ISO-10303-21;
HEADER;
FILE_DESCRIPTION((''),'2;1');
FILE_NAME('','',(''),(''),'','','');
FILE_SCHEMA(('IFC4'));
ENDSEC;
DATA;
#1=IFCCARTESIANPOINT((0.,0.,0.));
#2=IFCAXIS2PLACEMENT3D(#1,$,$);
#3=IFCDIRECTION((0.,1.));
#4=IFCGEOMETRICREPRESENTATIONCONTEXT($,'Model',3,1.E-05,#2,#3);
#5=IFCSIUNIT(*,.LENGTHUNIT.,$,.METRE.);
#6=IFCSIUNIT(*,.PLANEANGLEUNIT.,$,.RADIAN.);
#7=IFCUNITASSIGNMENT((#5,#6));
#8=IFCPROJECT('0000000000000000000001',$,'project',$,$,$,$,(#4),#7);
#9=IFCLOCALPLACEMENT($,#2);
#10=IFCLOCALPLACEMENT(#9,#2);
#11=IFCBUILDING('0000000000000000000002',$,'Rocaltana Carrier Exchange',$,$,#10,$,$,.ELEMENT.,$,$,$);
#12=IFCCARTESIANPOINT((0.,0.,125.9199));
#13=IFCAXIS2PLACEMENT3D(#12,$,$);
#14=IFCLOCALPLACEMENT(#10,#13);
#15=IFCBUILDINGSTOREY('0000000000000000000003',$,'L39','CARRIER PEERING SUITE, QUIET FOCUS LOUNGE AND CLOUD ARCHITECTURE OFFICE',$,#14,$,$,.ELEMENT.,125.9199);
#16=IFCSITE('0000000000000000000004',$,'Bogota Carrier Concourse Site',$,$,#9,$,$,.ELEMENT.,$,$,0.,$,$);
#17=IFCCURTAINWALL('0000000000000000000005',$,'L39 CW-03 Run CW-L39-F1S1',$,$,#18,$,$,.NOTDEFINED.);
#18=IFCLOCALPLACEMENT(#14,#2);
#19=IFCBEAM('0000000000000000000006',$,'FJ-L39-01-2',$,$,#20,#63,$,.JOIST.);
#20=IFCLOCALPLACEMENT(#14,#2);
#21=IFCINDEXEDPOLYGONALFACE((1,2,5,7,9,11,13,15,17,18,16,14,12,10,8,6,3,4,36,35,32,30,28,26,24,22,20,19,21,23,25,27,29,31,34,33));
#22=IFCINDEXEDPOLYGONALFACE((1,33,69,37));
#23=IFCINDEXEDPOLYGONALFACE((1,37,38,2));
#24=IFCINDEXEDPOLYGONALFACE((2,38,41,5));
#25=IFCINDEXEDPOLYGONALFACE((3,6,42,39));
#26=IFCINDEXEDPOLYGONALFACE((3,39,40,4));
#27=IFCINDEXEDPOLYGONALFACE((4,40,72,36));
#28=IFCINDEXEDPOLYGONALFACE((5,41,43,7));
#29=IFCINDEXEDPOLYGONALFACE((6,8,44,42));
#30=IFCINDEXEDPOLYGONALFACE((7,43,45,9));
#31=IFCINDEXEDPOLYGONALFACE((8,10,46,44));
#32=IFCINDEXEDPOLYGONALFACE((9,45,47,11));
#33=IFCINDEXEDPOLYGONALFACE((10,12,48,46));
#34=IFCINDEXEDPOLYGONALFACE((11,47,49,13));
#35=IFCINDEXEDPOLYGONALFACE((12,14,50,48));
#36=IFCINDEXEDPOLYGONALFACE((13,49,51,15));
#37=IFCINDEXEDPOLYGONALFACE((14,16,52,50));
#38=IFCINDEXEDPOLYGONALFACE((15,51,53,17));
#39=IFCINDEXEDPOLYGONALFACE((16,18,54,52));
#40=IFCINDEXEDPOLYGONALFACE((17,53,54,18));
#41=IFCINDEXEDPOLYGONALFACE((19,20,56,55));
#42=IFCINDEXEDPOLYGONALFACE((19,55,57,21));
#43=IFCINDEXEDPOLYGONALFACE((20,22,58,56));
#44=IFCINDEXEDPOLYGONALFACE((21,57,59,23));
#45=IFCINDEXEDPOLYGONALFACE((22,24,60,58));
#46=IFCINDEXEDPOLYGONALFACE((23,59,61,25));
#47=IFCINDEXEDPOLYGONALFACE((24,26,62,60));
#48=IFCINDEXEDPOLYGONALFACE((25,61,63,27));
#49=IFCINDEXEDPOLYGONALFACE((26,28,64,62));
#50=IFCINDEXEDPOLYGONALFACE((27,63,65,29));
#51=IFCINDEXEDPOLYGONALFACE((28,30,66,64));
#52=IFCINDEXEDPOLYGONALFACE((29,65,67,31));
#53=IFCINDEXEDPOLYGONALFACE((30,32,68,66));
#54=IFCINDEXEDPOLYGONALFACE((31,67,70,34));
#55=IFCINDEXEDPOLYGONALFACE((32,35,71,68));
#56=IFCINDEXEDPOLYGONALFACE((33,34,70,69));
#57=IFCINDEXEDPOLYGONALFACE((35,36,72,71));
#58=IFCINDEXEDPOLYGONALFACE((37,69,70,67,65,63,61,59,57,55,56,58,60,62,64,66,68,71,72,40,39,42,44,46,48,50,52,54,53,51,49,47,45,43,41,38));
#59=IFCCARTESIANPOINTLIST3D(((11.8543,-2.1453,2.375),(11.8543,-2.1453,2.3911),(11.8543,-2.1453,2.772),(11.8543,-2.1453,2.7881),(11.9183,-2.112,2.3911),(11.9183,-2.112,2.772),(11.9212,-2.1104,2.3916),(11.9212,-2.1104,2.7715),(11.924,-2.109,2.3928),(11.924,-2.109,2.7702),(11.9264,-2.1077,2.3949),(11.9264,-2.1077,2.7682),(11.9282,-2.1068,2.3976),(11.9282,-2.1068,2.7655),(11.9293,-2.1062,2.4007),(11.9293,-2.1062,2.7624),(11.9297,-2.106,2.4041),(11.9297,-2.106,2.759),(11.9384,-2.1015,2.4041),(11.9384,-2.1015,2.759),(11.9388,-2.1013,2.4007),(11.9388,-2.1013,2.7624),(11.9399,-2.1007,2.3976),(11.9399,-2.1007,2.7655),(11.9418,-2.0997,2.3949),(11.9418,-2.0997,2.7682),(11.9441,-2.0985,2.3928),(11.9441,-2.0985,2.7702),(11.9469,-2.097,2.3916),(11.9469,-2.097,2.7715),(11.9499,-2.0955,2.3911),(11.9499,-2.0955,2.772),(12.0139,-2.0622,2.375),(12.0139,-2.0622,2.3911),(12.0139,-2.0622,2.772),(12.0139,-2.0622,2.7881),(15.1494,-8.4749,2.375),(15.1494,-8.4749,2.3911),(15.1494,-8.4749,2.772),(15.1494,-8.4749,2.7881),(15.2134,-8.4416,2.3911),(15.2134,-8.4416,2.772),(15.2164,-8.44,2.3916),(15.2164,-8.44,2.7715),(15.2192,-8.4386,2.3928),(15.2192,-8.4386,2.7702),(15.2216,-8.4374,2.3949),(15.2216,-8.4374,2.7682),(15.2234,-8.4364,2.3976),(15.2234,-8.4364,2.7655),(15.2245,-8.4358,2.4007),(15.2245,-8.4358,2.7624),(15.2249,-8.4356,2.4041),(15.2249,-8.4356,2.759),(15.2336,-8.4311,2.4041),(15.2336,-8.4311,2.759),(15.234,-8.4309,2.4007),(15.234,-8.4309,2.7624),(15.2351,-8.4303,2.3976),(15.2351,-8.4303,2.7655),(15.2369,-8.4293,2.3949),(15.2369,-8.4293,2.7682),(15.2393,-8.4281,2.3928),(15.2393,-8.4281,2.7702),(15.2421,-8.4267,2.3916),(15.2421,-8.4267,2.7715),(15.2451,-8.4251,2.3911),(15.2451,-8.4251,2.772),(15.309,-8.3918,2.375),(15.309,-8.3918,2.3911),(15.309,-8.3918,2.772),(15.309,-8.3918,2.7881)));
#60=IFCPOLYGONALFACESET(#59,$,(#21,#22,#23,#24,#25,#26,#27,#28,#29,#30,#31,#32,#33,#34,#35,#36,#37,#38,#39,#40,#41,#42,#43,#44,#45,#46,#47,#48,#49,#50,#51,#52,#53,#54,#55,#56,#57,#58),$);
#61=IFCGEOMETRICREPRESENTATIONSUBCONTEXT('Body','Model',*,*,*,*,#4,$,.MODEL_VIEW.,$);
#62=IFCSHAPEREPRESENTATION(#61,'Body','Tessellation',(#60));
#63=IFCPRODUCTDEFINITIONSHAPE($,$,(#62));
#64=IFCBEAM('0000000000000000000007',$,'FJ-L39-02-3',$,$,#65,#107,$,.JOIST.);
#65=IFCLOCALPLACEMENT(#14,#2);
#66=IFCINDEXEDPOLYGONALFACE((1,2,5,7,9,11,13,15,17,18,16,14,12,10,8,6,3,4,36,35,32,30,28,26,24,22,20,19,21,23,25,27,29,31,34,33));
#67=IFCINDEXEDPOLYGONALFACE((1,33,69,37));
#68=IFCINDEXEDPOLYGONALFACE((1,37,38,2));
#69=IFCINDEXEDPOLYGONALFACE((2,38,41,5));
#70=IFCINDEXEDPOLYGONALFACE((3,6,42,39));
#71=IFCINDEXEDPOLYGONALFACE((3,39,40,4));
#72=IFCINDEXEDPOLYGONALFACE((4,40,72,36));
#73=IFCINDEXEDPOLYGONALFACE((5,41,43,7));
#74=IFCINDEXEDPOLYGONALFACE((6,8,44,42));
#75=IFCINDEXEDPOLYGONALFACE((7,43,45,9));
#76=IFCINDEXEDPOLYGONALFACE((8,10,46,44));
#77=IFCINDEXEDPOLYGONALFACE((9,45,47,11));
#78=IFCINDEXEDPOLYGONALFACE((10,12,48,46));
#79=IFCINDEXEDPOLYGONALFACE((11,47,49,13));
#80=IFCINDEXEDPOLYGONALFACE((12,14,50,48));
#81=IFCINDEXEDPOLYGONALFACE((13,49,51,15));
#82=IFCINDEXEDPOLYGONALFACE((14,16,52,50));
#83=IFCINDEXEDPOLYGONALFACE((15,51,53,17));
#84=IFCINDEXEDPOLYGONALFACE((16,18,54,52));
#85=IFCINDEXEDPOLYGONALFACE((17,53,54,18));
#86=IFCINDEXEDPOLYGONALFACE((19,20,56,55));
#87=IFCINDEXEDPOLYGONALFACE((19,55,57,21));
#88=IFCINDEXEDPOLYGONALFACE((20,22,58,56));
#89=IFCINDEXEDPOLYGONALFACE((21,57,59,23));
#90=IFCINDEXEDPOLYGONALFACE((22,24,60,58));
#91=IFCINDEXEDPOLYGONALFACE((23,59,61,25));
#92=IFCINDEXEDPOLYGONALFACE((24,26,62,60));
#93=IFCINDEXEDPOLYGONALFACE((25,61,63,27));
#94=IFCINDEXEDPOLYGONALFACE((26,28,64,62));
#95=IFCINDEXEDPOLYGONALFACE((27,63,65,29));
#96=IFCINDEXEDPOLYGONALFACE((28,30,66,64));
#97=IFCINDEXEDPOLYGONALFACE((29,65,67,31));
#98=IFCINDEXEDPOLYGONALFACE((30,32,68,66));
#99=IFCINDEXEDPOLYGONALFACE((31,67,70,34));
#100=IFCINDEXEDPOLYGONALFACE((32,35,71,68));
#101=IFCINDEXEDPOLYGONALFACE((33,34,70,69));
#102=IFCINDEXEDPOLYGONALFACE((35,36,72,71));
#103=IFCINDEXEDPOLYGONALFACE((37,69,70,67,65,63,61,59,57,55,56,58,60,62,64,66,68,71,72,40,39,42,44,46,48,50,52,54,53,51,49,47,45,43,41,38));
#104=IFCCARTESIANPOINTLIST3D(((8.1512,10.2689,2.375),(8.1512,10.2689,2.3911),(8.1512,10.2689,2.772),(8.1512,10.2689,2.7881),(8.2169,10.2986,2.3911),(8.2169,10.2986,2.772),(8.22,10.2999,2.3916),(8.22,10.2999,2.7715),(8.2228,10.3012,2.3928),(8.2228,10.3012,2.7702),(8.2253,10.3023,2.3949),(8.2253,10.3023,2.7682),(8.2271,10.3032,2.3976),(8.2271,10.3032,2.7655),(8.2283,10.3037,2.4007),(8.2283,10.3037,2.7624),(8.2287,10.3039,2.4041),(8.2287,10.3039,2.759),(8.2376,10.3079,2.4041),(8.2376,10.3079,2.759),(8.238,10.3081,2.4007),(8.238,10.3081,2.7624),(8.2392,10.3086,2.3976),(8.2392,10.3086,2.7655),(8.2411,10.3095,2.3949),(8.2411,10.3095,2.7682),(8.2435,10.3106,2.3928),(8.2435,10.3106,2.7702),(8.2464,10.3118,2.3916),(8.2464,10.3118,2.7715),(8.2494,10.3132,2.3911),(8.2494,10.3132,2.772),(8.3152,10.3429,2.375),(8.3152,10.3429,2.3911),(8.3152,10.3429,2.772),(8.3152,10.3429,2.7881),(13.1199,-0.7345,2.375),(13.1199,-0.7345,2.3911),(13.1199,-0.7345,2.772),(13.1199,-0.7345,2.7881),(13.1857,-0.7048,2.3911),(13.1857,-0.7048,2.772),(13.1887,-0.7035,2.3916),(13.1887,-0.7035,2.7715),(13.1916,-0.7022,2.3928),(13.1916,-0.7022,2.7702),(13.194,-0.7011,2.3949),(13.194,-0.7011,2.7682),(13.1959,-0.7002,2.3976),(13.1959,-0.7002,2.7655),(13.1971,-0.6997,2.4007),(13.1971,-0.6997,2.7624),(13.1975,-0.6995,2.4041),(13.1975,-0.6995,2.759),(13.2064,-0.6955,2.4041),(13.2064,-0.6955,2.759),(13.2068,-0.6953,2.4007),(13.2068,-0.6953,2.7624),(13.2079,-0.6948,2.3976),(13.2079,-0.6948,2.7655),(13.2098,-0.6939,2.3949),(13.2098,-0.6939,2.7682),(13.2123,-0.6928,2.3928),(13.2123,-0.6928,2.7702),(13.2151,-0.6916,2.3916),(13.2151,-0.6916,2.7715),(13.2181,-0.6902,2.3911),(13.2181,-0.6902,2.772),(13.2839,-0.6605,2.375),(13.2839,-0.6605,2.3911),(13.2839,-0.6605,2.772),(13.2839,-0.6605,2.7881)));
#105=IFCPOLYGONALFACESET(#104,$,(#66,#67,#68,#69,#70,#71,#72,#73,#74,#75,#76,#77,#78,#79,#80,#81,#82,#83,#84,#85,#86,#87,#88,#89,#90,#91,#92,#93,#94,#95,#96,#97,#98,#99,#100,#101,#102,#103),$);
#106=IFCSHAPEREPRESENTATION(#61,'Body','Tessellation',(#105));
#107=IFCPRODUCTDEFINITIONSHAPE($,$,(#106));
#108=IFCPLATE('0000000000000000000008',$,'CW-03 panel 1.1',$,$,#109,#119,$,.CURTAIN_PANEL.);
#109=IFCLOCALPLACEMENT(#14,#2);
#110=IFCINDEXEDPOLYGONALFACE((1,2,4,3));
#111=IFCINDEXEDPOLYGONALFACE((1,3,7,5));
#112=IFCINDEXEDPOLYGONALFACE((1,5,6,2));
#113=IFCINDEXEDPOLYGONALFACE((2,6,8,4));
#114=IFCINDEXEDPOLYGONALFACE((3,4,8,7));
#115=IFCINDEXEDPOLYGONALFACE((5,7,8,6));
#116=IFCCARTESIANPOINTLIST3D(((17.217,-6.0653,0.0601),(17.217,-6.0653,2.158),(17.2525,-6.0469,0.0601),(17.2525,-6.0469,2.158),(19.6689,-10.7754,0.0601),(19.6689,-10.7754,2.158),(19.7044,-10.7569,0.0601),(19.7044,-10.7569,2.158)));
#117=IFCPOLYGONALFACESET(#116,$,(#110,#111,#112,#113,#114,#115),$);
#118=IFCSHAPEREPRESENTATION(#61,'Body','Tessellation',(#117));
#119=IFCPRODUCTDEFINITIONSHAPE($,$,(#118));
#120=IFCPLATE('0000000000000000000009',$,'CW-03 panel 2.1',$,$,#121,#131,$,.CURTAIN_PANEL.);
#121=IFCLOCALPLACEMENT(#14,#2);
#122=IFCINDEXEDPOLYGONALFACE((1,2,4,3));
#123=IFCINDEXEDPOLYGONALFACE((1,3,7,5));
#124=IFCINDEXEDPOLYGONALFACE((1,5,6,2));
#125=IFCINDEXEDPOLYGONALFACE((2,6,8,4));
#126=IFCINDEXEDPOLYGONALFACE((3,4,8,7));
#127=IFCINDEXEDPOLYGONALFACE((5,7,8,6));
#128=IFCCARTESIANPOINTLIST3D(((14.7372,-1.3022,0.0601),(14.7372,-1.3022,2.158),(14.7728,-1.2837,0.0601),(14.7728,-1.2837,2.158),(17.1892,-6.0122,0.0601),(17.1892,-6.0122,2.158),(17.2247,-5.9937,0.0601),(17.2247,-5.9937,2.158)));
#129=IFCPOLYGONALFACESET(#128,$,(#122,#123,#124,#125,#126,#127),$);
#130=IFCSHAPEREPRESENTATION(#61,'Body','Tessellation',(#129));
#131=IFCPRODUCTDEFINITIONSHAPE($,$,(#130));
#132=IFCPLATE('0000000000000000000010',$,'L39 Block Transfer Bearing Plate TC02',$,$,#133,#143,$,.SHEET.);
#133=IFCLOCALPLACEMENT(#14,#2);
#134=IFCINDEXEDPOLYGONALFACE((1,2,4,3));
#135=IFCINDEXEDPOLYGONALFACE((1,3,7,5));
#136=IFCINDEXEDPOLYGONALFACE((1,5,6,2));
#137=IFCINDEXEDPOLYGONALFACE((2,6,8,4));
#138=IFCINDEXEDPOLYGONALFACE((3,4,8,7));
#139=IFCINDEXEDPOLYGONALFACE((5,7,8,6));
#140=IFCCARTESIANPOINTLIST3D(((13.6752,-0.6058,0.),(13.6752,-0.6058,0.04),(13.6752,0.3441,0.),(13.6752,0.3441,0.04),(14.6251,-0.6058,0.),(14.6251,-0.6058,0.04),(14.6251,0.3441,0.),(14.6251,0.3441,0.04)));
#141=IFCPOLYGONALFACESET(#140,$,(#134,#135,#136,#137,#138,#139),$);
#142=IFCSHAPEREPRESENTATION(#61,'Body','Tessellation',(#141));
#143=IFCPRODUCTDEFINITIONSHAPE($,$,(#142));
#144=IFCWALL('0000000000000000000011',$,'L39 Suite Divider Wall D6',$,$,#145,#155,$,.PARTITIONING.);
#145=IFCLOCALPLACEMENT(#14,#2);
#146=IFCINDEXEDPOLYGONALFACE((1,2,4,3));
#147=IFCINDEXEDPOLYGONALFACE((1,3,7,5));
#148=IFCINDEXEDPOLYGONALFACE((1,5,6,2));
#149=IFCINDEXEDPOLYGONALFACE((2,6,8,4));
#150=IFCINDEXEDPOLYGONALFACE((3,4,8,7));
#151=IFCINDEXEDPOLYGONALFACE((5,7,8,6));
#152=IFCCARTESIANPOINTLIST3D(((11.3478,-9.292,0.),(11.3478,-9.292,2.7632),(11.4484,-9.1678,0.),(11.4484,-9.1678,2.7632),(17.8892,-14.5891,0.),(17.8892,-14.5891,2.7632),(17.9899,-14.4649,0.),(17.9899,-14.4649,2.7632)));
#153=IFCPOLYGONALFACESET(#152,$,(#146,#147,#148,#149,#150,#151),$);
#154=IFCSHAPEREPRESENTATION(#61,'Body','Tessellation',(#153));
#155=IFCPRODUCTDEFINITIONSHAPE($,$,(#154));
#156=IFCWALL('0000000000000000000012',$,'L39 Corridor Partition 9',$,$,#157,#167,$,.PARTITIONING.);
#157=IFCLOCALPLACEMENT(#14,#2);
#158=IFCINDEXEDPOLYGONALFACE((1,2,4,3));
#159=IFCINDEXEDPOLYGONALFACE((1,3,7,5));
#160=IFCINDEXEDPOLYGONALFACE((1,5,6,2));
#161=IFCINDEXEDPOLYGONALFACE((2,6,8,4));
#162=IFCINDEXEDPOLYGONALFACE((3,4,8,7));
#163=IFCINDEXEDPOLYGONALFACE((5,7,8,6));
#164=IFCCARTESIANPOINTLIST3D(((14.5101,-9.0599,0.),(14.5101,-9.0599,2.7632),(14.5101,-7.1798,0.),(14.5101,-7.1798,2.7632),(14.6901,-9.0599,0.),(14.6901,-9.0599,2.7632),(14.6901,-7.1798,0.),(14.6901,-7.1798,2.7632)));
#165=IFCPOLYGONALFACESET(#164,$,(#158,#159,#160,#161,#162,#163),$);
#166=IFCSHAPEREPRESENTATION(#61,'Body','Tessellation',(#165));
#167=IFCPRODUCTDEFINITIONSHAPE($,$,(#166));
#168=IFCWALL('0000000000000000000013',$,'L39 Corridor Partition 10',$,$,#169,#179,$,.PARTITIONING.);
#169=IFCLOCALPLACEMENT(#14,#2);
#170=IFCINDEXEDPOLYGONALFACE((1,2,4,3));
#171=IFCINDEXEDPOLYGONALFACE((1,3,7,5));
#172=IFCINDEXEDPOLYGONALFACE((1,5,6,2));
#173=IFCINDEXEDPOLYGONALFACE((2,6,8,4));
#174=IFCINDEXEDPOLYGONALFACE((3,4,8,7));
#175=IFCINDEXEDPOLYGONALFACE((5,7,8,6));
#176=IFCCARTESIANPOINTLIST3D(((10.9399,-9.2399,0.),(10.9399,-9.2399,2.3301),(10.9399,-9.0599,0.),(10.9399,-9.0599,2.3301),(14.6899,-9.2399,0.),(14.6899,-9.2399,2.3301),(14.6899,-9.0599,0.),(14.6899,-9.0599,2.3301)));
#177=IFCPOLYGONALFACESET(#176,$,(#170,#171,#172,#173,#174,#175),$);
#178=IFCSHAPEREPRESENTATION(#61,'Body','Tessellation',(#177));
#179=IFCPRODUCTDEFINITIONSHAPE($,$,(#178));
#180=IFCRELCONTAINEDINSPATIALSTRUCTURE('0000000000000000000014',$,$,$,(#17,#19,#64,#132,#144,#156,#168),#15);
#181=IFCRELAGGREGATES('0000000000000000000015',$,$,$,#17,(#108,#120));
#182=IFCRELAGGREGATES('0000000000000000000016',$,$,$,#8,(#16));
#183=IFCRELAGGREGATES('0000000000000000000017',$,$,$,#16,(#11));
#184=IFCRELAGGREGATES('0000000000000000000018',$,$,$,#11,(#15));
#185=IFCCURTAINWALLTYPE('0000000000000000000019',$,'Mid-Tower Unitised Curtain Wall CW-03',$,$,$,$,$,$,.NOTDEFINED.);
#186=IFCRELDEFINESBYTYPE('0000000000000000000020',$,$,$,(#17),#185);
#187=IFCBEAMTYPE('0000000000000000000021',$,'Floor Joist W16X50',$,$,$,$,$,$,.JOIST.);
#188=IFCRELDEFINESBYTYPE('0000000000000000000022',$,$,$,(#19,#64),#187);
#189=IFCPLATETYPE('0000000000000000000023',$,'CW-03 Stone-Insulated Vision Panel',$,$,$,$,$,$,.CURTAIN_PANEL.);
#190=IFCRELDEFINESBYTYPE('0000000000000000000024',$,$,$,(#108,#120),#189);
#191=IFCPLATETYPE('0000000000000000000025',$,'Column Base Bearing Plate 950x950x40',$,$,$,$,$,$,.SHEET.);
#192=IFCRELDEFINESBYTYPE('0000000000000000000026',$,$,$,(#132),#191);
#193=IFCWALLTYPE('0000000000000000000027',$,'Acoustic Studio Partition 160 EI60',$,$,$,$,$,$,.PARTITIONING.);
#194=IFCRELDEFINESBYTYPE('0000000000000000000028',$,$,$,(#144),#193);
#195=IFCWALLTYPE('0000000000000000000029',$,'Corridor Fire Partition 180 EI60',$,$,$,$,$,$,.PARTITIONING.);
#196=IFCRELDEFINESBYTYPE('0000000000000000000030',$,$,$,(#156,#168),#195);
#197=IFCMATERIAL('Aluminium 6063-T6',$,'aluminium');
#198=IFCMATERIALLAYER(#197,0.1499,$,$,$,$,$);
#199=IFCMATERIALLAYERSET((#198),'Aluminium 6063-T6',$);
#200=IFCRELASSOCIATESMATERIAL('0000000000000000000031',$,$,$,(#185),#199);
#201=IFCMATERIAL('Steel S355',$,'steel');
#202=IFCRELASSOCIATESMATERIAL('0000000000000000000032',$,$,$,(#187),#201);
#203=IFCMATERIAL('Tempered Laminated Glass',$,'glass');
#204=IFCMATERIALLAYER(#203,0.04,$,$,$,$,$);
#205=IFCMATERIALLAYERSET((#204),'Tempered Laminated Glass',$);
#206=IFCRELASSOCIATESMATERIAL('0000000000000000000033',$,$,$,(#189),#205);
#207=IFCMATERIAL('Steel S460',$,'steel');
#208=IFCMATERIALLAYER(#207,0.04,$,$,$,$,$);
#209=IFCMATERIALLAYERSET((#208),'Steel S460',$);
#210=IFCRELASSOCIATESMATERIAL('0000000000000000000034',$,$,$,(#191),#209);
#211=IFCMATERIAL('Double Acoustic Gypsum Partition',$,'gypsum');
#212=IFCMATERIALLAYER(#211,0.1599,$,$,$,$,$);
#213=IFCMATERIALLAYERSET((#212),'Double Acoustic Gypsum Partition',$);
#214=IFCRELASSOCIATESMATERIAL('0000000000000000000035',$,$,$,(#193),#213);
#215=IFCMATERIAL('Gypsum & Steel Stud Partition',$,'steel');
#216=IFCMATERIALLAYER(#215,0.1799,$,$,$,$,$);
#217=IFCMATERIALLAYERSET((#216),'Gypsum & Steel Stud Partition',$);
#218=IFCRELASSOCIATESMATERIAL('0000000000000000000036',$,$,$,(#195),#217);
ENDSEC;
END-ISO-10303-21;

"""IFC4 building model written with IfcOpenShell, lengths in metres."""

from ifc_helpers import new_model, si_unit, direction, frame, frame_2d, origin, origin_2d, place, context, subcontext, project, spatial, rectangle, i_section, extrude, material, layer, layer_set, material_profile, profile_set, type_object, element, aggregate, save


model = new_model("IFC4")

# Units and contexts
model_context = context("Model", 3, precision=1e-05, world=origin(), true_north=direction((0.0, 1.0)))
body_context = subcontext(model_context, "Body", "Model", "MODEL_VIEW")
ifc_project = project(units=[si_unit("LENGTHUNIT", "METRE"), si_unit("PLANEANGLEUNIT", "RADIAN")], contexts=[model_context])

# Site, building, storey
site_placement = place(None, origin())
site = spatial("IfcSite", under=ifc_project, at=site_placement, Name="Bogota Carrier Concourse Site", CompositionType="ELEMENT", RefElevation=0.0)
building_placement = place(site_placement, origin())
building = spatial("IfcBuilding", under=site, at=building_placement, Name="Rocaltana Carrier Exchange", CompositionType="ELEMENT")
storey_placement = place(building_placement, frame((0.0, 0.0, 125.9199)))
storey = spatial("IfcBuildingStorey", under=building, at=storey_placement, Name="L39", Description="CARRIER PEERING SUITE, QUIET FOCUS LOUNGE AND CLOUD ARCHITECTURE OFFICE", CompositionType="ELEMENT", Elevation=125.9199)

# Curtain wall
ifc_material_1 = material(Name="Aluminium 6063-T6", Category="aluminium")
ifc_layer_1 = layer(ifc_material_1, 0.1499)
ifc_layer_set_1 = layer_set([ifc_layer_1], Name="Aluminium 6063-T6")
curtain_wall_type = type_object("IfcCurtainWallType", Name="Mid-Tower Unitised Curtain Wall CW-03", PredefinedType="NOTDEFINED", material=ifc_layer_set_1)
curtain_wall_placement = place(storey_placement, origin())
curtain_wall = element("IfcCurtainWall", 1, at=curtain_wall_placement, inside=storey, type_object=curtain_wall_type, Name="L39 CW-03 Run CW-L39-F1S1", PredefinedType="NOTDEFINED")

# Beams
ifc_material_2 = material(Name="Steel S355", Category="steel")
ifc_material_profile_1 = material_profile(ifc_material_2, i_section(OverallWidth=0.1799, OverallDepth=0.4131, WebThickness=0.0098, FlangeThickness=0.0161, FilletRadius=0.0129, at=origin_2d()), Name="W16X50")
ifc_profile_set_1 = profile_set([ifc_material_profile_1], Name="Steel S355")
beam_type = type_object("IfcBeamType", Name="Floor Joist W16X50", PredefinedType="JOIST", material=ifc_profile_set_1)
beam_1_placement = place(storey_placement, frame((15.2292, -8.4333, 2.5815), z_axis=(-0.46177, 0.887, 0.0), x_axis=(-0.887, -0.46177, 0.0)))
element("IfcBeam", 2, at=beam_1_placement, inside=storey, type_object=beam_type, Name="FJ-L39-01-2", PredefinedType="JOIST", context=body_context, shape_type="SweptSolid", body=[
    extrude(i_section(OverallWidth=0.1799, OverallDepth=0.4131, WebThickness=0.0098, FlangeThickness=0.0161, FilletRadius=0.0129, at=origin_2d()), origin(), (0.0, 0.0, 1.0), 7.136),
])
beam_2_placement = place(storey_placement, frame((13.2019, -0.6975, 2.5815), z_axis=(-0.41155, 0.911387, 0.0), x_axis=(-0.911387, -0.41155, 0.0)))
element("IfcBeam", 3, at=beam_2_placement, inside=storey, type_object=beam_type, Name="FJ-L39-02-3", PredefinedType="JOIST", context=body_context, shape_type="SweptSolid", body=[
    extrude(i_section(OverallWidth=0.1799, OverallDepth=0.4131, WebThickness=0.0098, FlangeThickness=0.0161, FilletRadius=0.0129, at=origin_2d()), origin(), (0.0, 0.0, 1.0), 12.0732),
])

# Plates
ifc_material_3 = material(Name="Tempered Laminated Glass", Category="glass")
ifc_layer_2 = layer(ifc_material_3, 0.04)
ifc_layer_set_2 = layer_set([ifc_layer_2], Name="Tempered Laminated Glass")
plate_type_1 = type_object("IfcPlateType", Name="CW-03 Stone-Insulated Vision Panel", PredefinedType="CURTAIN_PANEL", material=ifc_layer_set_2)
plate_1_placement = place(storey_placement, frame((18.4607, -8.4111, 0.0601), z_axis=(0.0, 0.0, 1.0), x_axis=(-0.46175, 0.88701, 0.0)))
plate_1 = element("IfcPlate", 4, at=plate_1_placement, type_object=plate_type_1, Name="CW-03 panel 1.1", PredefinedType="CURTAIN_PANEL", context=body_context, shape_type="SweptSolid", body=[
    extrude(rectangle(XDim=5.3101, YDim=0.04, at=origin_2d()), origin(), (0.0, 0.0, 1.0), 2.0979),
])
plate_2_placement = place(storey_placement, frame((15.981, -3.6479, 0.0601), z_axis=(0.0, 0.0, 1.0), x_axis=(-0.46175, 0.88701, 0.0)))
plate_2 = element("IfcPlate", 5, at=plate_2_placement, type_object=plate_type_1, Name="CW-03 panel 2.1", PredefinedType="CURTAIN_PANEL", context=body_context, shape_type="SweptSolid", body=[
    extrude(rectangle(XDim=5.3101, YDim=0.04, at=origin_2d()), origin(), (0.0, 0.0, 1.0), 2.0979),
])
aggregate(curtain_wall, [plate_1, plate_2])
ifc_material_4 = material(Name="Steel S460", Category="steel")
ifc_layer_3 = layer(ifc_material_4, 0.04)
ifc_layer_set_3 = layer_set([ifc_layer_3], Name="Steel S460")
plate_type_2 = type_object("IfcPlateType", Name="Column Base Bearing Plate 950x950x40", PredefinedType="SHEET", material=ifc_layer_set_3)
plate_3_placement = place(storey_placement, frame((14.1501, -0.1309, 0.0), z_axis=(0.0, 0.0, 1.0), x_axis=(1.0, 0.0, 0.0)))
element("IfcPlate", 6, at=plate_3_placement, inside=storey, type_object=plate_type_2, Name="L39 Block Transfer Bearing Plate TC02", PredefinedType="SHEET", context=body_context, shape_type="SweptSolid", body=[
    extrude(rectangle(XDim=0.95, YDim=0.95, at=origin_2d()), origin(), (0.0, 0.0, 1.0), 0.04),
])

# Walls
ifc_material_5 = material(Name="Double Acoustic Gypsum Partition", Category="gypsum")
ifc_layer_4 = layer(ifc_material_5, 0.1599)
ifc_layer_set_4 = layer_set([ifc_layer_4], Name="Double Acoustic Gypsum Partition")
wall_type_1 = type_object("IfcWallType", Name="Acoustic Studio Partition 160 EI60", PredefinedType="PARTITIONING", material=ifc_layer_set_4)
wall_1_placement = place(storey_placement, frame((11.3982, -9.23, 0.0), z_axis=(0.0, 0.0, 1.0), x_axis=(0.777151, -0.629314, 0.0)))
element("IfcWall", 7, at=wall_1_placement, inside=storey, type_object=wall_type_1, Name="L39 Suite Divider Wall D6", PredefinedType="PARTITIONING", context=body_context, shape_type="SweptSolid", body=[
    extrude(rectangle(XDim=8.4172, YDim=0.1599, at=frame_2d((4.2085, 0.0))), origin(), (0.0, 0.0, 1.0), 2.7632),
])
ifc_material_6 = material(Name="Gypsum & Steel Stud Partition", Category="steel")
ifc_layer_5 = layer(ifc_material_6, 0.1799)
ifc_layer_set_5 = layer_set([ifc_layer_5], Name="Gypsum & Steel Stud Partition")
wall_type_2 = type_object("IfcWallType", Name="Corridor Fire Partition 180 EI60", PredefinedType="PARTITIONING", material=ifc_layer_set_5)
wall_2_placement = place(storey_placement, frame((14.6001, -7.1799, 0.0), z_axis=(0.0, 0.0, 1.0), x_axis=(0.0, -1.0, 0.0)))
element("IfcWall", 8, at=wall_2_placement, inside=storey, type_object=wall_type_2, Name="L39 Corridor Partition 9", PredefinedType="PARTITIONING", context=body_context, shape_type="SweptSolid", body=[
    extrude(rectangle(XDim=1.8801, YDim=0.1799, at=frame_2d((0.9399, 0.0))), origin(), (0.0, 0.0, 1.0), 2.7632),
])
wall_3_placement = place(storey_placement, frame((14.6899, -9.1499, 0.0), z_axis=(0.0, 0.0, 1.0), x_axis=(-1.0, 0.0, 0.0)))
element("IfcWall", 9, at=wall_3_placement, inside=storey, type_object=wall_type_2, Name="L39 Corridor Partition 10", PredefinedType="PARTITIONING", context=body_context, shape_type="SweptSolid", body=[
    extrude(rectangle(XDim=3.75, YDim=0.1799, at=frame_2d((1.875, 0.0))), origin(), (0.0, 0.0, 1.0), 2.3301),
])

save(model, "model.ifc")
